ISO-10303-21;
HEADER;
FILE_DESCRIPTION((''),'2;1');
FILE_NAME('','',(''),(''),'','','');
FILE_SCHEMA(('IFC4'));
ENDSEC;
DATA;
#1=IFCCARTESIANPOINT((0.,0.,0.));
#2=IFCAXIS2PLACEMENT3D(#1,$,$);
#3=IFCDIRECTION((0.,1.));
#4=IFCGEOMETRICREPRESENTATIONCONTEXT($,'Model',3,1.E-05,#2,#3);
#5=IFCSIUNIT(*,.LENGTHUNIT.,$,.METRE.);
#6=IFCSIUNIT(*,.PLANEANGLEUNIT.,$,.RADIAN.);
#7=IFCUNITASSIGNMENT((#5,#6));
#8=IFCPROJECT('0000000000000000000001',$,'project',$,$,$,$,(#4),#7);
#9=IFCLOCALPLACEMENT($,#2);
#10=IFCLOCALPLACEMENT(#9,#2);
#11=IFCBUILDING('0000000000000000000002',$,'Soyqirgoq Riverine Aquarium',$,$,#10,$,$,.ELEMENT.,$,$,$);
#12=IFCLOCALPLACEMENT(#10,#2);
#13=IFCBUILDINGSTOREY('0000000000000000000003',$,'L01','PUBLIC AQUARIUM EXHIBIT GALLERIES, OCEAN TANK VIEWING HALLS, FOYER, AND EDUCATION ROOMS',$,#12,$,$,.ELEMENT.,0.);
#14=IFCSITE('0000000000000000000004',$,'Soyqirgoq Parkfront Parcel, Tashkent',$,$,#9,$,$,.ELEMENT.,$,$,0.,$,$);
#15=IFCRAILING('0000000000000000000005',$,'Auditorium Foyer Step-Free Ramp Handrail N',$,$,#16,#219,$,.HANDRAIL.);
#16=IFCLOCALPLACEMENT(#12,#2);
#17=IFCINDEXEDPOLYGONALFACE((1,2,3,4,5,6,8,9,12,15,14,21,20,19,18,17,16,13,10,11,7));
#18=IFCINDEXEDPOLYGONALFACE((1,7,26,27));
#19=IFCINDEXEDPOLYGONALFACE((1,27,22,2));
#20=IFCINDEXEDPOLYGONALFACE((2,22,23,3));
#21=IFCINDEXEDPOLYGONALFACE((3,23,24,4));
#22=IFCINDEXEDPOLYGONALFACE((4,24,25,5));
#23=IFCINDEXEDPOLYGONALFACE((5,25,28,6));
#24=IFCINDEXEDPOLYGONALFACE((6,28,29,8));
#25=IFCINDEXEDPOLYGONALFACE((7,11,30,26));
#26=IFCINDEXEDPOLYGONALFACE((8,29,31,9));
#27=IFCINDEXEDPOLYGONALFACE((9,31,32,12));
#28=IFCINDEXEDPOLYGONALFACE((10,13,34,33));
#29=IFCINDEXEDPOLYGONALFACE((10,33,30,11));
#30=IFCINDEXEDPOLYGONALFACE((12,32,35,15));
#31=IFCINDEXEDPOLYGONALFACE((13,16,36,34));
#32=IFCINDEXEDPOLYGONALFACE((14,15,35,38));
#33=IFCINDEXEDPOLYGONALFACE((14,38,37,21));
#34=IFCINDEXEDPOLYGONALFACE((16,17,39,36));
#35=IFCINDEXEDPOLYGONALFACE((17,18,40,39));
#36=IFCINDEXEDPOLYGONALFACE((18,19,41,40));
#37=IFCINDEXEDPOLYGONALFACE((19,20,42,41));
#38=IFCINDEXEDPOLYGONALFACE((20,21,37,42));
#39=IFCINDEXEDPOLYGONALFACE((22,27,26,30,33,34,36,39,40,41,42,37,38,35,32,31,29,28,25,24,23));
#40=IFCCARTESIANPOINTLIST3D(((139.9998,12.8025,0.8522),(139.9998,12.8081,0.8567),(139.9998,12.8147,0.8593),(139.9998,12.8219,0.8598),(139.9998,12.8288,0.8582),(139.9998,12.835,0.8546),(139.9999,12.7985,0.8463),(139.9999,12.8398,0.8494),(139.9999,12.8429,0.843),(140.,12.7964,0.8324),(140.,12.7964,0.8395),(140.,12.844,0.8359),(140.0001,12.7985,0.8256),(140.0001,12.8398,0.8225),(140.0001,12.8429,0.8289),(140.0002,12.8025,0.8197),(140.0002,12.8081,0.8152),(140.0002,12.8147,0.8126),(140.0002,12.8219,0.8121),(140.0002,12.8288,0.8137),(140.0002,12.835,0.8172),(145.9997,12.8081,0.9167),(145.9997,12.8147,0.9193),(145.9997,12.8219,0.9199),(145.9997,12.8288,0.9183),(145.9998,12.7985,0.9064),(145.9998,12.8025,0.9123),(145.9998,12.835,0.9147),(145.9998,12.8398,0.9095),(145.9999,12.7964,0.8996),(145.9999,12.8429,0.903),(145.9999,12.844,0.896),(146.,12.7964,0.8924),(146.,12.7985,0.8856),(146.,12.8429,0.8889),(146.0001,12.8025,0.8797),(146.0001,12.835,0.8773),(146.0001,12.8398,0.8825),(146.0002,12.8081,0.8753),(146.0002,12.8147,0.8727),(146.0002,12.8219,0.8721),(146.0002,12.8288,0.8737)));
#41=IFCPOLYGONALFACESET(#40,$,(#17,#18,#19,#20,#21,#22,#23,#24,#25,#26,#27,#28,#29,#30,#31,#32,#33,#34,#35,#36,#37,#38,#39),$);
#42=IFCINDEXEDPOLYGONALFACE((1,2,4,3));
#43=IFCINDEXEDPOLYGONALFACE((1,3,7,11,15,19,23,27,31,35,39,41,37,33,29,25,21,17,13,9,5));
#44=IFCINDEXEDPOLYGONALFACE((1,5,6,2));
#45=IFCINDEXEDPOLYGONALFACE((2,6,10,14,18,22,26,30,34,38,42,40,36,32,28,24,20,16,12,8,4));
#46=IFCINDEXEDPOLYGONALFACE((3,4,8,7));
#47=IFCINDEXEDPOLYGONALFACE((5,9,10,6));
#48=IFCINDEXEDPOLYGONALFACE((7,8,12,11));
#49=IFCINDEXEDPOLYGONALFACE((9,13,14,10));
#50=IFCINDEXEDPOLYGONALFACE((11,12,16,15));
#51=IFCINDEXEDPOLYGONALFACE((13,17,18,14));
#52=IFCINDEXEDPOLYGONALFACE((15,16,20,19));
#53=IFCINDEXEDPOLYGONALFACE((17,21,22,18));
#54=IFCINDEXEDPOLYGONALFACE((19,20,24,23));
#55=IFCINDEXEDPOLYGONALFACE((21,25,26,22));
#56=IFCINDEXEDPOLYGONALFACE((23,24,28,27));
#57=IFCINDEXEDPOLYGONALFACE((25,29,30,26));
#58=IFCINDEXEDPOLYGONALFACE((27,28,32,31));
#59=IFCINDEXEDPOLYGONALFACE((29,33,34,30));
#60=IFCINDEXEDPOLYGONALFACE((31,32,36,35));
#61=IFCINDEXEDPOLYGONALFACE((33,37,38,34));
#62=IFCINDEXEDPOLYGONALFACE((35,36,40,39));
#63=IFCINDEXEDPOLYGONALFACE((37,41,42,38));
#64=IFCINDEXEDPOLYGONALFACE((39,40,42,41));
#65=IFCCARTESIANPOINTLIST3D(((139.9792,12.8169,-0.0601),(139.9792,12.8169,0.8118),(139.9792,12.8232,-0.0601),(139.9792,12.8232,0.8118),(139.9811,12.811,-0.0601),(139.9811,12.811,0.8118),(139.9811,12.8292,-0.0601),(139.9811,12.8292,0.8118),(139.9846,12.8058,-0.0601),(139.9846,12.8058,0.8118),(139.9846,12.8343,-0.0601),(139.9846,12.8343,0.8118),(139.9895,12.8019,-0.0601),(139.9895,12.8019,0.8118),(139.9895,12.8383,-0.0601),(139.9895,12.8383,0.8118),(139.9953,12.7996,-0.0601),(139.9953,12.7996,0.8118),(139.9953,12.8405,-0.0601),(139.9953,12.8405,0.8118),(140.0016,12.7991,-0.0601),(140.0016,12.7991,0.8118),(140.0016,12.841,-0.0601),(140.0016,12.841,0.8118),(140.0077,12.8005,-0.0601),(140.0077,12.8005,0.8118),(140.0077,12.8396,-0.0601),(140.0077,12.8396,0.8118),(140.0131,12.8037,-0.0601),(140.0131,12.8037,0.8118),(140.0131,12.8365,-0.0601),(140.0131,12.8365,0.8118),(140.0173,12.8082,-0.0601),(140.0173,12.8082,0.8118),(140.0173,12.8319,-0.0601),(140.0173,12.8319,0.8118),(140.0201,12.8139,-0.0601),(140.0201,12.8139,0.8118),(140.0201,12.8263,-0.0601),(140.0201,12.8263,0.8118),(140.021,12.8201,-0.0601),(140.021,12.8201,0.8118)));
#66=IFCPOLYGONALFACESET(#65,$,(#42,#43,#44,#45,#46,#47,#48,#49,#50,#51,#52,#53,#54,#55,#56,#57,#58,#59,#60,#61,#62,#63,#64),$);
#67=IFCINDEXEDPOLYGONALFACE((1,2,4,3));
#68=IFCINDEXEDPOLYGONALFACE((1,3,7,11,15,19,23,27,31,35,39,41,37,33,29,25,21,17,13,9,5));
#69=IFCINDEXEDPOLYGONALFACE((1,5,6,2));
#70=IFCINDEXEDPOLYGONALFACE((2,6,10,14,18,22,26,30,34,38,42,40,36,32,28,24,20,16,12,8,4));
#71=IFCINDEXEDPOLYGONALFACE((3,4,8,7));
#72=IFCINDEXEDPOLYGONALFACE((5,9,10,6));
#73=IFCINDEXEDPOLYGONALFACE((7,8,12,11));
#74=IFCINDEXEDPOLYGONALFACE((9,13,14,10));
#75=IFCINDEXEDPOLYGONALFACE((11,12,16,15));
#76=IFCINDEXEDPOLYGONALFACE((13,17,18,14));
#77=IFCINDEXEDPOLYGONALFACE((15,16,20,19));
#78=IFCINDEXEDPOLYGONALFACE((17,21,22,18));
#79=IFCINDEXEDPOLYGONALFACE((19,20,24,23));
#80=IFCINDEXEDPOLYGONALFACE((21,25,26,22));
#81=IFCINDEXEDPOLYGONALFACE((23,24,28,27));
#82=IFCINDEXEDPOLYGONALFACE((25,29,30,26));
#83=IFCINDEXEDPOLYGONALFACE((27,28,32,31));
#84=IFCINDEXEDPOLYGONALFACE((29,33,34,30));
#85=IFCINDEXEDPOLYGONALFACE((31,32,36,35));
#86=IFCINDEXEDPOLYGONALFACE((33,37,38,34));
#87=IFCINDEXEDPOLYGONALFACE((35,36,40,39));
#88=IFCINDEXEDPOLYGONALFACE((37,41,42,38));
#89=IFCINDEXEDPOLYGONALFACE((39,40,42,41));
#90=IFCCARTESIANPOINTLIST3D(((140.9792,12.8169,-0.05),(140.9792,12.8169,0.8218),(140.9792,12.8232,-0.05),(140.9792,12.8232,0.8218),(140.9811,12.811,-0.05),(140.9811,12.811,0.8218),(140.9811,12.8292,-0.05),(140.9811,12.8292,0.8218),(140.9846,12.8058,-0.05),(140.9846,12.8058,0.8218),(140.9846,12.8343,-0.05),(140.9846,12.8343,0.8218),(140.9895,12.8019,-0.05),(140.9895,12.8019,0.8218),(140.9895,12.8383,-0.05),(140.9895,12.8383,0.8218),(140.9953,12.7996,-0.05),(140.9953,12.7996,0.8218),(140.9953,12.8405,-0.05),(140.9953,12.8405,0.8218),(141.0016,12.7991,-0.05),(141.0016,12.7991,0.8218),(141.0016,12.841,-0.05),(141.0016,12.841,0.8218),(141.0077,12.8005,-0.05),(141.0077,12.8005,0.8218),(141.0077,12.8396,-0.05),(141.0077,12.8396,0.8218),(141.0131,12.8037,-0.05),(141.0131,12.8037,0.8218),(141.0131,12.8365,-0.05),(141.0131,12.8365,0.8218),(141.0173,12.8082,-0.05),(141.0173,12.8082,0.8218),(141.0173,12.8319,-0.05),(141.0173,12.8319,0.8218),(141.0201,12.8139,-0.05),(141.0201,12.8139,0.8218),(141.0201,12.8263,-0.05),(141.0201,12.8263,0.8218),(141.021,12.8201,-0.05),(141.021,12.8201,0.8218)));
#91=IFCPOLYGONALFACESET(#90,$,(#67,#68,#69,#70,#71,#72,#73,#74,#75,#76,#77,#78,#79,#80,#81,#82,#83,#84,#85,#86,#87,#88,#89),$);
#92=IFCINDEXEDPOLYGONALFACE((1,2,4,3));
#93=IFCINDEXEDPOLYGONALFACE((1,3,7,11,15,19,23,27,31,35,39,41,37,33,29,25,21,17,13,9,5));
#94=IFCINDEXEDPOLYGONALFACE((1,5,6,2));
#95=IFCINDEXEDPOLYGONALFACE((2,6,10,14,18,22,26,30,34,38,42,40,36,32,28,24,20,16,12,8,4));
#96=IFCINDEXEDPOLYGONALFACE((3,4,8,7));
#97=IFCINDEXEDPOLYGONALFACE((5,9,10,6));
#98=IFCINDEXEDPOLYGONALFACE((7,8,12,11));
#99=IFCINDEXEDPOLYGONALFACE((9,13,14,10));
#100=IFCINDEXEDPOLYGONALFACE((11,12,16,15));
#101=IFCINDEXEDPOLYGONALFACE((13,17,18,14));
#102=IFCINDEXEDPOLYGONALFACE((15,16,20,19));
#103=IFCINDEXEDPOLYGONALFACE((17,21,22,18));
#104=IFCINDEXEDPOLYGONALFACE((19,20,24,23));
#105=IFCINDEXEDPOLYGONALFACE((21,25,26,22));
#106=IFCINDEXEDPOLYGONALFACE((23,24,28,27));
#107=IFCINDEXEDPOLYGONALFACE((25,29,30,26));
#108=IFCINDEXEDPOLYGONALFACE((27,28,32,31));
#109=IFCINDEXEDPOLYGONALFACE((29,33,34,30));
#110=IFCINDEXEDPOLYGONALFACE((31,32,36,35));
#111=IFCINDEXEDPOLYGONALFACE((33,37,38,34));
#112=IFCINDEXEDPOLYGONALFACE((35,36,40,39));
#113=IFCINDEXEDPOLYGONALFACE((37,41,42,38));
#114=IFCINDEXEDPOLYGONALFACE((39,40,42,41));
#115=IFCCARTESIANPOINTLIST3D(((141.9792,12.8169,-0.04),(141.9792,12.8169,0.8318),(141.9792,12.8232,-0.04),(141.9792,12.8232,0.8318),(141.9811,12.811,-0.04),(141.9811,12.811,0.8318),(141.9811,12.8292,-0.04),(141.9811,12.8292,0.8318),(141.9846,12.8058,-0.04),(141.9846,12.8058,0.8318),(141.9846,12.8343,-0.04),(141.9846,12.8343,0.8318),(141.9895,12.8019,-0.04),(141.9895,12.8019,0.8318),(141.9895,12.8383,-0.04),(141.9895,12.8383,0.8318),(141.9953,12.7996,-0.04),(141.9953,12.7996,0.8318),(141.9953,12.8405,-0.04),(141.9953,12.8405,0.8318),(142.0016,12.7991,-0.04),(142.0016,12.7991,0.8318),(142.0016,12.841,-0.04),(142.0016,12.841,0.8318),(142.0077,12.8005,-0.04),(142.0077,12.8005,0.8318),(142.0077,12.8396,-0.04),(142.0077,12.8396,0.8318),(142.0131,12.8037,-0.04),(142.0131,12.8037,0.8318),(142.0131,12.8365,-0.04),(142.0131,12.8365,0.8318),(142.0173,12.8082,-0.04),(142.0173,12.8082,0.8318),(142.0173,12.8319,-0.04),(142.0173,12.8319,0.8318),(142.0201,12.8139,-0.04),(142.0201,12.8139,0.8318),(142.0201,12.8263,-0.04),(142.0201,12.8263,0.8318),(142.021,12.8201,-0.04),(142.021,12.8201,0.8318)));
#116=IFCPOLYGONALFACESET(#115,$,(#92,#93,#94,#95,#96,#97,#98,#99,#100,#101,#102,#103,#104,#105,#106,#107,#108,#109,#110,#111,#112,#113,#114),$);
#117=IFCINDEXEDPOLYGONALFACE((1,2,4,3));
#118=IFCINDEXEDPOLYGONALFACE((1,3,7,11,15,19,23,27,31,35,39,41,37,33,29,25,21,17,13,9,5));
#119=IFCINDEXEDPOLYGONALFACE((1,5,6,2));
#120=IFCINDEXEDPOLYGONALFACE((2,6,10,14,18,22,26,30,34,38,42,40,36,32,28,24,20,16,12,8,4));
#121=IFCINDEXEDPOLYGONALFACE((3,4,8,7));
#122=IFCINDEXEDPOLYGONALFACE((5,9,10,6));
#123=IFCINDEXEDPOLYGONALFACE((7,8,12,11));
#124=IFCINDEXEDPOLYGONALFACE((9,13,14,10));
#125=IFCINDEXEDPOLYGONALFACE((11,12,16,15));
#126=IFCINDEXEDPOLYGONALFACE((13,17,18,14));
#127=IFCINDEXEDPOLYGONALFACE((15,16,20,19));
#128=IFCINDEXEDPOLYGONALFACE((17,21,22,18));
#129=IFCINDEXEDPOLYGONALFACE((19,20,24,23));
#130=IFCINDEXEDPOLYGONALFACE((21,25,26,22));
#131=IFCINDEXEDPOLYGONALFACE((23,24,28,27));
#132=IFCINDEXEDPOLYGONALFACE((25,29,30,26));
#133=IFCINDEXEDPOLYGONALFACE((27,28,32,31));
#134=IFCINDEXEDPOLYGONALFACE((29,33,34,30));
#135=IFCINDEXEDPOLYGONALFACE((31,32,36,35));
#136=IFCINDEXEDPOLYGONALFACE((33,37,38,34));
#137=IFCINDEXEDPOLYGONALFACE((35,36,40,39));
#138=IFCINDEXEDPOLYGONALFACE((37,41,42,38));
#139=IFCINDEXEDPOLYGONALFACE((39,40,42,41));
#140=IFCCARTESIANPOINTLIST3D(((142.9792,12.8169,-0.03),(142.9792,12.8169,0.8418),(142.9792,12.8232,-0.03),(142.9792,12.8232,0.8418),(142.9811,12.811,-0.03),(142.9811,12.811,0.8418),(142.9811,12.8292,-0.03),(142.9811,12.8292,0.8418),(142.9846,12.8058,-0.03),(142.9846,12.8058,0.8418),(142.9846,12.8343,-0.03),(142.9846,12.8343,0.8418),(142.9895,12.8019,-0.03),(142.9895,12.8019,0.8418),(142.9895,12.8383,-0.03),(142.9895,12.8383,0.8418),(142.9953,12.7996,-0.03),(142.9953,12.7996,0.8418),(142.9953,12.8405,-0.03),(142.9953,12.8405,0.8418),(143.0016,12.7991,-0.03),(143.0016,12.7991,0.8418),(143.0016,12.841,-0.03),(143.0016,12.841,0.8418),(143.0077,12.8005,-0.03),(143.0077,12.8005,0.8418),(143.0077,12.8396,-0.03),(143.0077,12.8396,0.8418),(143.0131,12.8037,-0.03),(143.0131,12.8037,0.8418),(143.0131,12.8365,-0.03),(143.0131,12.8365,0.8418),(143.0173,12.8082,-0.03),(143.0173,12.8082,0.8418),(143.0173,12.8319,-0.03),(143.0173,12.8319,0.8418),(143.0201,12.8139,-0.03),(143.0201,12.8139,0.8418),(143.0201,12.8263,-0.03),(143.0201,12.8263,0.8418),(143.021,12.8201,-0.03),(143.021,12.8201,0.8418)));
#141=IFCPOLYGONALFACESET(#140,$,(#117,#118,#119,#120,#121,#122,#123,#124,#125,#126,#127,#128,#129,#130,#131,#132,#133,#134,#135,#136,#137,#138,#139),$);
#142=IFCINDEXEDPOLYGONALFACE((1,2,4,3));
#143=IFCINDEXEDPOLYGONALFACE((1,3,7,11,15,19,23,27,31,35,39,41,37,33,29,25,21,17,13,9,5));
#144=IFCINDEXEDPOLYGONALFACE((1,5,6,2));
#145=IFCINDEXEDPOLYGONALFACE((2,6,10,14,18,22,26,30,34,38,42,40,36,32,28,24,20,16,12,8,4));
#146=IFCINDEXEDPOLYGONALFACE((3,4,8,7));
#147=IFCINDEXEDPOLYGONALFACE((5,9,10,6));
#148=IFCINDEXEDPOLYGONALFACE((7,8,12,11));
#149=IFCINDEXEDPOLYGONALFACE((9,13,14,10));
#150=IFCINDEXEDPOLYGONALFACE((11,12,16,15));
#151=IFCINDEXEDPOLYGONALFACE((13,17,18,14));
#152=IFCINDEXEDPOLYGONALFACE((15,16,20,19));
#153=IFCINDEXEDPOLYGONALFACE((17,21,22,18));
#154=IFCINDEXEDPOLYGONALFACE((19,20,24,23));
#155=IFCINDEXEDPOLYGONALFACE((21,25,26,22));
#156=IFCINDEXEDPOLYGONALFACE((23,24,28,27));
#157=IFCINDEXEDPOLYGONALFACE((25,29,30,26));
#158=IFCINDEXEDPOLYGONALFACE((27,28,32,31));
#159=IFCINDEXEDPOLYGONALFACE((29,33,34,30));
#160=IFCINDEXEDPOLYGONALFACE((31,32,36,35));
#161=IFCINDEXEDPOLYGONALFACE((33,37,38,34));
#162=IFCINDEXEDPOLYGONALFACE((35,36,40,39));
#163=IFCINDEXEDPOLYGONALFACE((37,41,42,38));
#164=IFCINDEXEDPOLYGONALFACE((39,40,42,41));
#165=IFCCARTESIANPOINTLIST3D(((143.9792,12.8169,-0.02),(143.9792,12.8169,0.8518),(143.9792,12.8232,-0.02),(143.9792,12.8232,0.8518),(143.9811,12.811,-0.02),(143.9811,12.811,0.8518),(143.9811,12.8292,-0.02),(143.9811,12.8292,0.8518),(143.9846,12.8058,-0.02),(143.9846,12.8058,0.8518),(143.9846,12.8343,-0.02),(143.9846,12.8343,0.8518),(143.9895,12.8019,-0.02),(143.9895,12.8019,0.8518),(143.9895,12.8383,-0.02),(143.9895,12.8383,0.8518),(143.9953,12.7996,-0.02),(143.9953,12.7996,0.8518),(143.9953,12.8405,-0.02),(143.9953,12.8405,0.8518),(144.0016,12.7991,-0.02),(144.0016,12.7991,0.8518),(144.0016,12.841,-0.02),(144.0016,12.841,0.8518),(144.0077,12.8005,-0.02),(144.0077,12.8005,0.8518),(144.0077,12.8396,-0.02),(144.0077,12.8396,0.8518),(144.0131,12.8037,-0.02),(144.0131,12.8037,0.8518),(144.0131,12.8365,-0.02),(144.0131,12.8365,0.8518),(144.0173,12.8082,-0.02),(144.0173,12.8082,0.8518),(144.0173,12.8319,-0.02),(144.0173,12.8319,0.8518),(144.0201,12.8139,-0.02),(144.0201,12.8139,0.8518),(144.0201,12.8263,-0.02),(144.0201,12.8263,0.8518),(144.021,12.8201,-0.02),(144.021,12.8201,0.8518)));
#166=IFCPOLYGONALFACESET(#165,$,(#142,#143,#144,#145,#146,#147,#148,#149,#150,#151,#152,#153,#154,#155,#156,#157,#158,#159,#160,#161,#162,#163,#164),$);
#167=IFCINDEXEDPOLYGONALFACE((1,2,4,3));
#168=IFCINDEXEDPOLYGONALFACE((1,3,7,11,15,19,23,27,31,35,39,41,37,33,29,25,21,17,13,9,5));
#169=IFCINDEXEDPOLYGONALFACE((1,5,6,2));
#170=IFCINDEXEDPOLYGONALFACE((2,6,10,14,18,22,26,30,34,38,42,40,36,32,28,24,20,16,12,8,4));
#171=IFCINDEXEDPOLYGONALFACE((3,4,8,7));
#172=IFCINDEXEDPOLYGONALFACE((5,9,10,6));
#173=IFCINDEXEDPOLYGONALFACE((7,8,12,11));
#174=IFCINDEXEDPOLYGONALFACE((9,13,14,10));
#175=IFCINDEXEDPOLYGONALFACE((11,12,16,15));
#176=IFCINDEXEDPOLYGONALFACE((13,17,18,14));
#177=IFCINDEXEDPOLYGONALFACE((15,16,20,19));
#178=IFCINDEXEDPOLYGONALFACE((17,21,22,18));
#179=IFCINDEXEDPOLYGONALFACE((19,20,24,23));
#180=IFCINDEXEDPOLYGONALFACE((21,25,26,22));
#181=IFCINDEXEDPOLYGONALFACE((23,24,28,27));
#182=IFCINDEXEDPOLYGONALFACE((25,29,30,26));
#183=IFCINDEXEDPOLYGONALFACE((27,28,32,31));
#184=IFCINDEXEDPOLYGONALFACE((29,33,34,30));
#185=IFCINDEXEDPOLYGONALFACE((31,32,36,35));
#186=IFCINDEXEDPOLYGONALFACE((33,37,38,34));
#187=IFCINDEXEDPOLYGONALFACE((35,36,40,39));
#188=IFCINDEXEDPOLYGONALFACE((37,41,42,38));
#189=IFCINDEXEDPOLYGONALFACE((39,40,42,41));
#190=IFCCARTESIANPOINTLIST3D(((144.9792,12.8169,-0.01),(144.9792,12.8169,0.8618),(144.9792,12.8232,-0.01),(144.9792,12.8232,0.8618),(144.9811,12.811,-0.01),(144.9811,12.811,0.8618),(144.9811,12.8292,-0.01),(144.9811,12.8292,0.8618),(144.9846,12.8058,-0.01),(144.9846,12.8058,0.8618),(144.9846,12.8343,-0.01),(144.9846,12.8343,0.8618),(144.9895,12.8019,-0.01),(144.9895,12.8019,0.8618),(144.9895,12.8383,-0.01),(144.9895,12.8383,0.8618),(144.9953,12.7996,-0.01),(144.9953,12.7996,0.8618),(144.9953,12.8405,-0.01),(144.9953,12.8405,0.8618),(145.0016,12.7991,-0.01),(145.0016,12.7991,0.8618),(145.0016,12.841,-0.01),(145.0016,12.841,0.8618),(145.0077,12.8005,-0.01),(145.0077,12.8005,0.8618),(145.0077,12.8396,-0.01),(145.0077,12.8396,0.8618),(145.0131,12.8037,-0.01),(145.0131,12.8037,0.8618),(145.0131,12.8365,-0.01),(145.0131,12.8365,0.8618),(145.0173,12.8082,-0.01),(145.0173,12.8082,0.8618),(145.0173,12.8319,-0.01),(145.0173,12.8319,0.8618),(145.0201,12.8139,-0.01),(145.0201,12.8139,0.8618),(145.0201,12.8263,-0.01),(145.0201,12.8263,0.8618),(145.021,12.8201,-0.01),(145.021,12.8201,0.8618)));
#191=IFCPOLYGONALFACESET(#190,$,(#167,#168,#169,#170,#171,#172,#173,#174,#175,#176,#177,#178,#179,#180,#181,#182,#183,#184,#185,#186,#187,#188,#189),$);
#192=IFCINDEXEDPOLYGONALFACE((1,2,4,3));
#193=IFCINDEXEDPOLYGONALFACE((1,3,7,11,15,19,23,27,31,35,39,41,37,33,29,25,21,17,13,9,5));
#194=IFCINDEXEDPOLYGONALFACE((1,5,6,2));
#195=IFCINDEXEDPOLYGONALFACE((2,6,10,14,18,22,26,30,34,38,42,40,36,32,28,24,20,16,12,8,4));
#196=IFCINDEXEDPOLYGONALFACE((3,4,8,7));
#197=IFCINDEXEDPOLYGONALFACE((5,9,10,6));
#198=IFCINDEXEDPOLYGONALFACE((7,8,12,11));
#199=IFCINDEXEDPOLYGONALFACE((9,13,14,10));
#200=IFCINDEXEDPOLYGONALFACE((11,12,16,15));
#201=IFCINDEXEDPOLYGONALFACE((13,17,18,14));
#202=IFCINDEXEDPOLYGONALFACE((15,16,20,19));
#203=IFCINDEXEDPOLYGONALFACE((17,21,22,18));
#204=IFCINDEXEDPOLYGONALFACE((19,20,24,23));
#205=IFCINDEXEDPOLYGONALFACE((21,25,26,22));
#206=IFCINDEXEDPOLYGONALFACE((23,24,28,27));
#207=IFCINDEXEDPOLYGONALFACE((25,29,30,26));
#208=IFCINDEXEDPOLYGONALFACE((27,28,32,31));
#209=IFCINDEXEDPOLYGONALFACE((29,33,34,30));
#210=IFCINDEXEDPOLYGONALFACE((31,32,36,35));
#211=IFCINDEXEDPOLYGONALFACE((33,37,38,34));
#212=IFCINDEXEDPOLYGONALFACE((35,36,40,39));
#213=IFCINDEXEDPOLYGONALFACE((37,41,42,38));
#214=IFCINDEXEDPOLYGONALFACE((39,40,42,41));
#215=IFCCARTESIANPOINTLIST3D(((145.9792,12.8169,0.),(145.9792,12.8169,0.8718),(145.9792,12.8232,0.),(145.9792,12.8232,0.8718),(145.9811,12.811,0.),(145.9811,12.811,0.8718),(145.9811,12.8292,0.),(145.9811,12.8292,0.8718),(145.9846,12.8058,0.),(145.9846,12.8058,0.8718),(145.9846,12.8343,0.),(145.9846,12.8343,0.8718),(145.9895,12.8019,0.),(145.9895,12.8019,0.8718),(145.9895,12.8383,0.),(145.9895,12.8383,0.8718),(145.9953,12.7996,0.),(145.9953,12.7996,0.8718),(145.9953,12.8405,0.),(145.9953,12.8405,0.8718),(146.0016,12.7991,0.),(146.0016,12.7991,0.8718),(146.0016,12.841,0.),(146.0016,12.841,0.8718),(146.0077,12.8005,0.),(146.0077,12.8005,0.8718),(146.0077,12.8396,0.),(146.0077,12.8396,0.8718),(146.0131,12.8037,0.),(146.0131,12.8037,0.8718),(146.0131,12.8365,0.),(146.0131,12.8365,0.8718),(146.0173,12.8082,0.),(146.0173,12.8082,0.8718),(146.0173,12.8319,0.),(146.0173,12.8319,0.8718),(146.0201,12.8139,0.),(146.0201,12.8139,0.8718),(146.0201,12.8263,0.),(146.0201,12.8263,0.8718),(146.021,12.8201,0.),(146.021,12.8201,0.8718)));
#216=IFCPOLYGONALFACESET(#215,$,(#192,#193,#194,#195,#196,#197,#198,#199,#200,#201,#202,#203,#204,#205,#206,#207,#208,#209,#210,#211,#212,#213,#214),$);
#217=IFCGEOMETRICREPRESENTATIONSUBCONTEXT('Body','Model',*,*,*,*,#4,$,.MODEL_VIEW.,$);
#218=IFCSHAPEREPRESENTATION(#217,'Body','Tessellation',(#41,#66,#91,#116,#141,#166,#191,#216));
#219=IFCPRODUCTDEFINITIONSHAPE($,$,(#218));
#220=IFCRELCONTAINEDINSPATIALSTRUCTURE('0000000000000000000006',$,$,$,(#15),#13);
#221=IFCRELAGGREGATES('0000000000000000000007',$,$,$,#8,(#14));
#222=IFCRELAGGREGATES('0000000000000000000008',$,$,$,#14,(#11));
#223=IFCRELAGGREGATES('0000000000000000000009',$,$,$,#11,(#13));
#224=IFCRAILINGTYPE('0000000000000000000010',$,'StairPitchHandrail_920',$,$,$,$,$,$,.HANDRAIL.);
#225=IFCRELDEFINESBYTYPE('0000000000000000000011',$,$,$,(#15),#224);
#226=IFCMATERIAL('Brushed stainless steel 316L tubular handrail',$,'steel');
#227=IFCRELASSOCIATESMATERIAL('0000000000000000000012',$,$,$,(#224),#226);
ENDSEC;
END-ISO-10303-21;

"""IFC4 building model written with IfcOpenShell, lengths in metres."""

from ifc_helpers import new_model, si_unit, direction, frame, origin, origin_2d, place, context, subcontext, project, spatial, circle, extrude, material, type_object, element, save


model = new_model("IFC4")

# Units and contexts
model_context = context("Model", 3, precision=1e-05, world=origin(), true_north=direction((0.0, 1.0)))
body_context = subcontext(model_context, "Body", "Model", "MODEL_VIEW")
ifc_project = project(units=[si_unit("LENGTHUNIT", "METRE"), si_unit("PLANEANGLEUNIT", "RADIAN")], contexts=[model_context])

# Site, building, storey
site_placement = place(None, origin())
site = spatial("IfcSite", under=ifc_project, at=site_placement, Name="Soyqirgoq Parkfront Parcel, Tashkent", CompositionType="ELEMENT", RefElevation=0.0)
building_placement = place(site_placement, origin())
building = spatial("IfcBuilding", under=site, at=building_placement, Name="Soyqirgoq Riverine Aquarium", CompositionType="ELEMENT")
storey_placement = place(building_placement, origin())
storey = spatial("IfcBuildingStorey", under=building, at=storey_placement, Name="L01", Description="PUBLIC AQUARIUM EXHIBIT GALLERIES, OCEAN TANK VIEWING HALLS, FOYER, AND EDUCATION ROOMS", CompositionType="ELEMENT", Elevation=0.0)

# Railing
ifc_material_1 = material(Name="Brushed stainless steel 316L tubular handrail", Category="steel")
railing_type_1 = type_object("IfcRailingType", Name="StairPitchHandrail_920", PredefinedType="HANDRAIL", material=ifc_material_1)
for number, where, name in (
    (1, (140.0, 12.8201, -0.0601), "Auditorium Foyer Step-Free Ramp Handrail N"),
):
    element("IfcRailing", number, at=place(storey_placement, frame(where)), inside=storey, type_object=railing_type_1, Name=name, PredefinedType="HANDRAIL", context=body_context, shape_type="SweptSolid", body=[
        extrude(circle(Radius=0.0239, at=origin_2d()), frame((0.0, 0.0, 0.896), z_axis=(0.99995, 0.0, 0.010009), x_axis=(0.0, 1.0, 0.0)), (0.0, 0.0, 1.0), 6.0002),
        extrude(circle(Radius=0.021, at=origin_2d()), origin(), (0.0, 0.0, 1.0), 0.8718),
        extrude(circle(Radius=0.021, at=origin_2d()), frame((1.0, 0.0, 0.01)), (0.0, 0.0, 1.0), 0.8718),
        extrude(circle(Radius=0.021, at=origin_2d()), frame((2.0, 0.0, 0.02)), (0.0, 0.0, 1.0), 0.8718),
        extrude(circle(Radius=0.021, at=origin_2d()), frame((3.0, 0.0, 0.03)), (0.0, 0.0, 1.0), 0.8718),
        extrude(circle(Radius=0.021, at=origin_2d()), frame((4.0, 0.0, 0.04)), (0.0, 0.0, 1.0), 0.8718),
        extrude(circle(Radius=0.021, at=origin_2d()), frame((5.0, 0.0, 0.05)), (0.0, 0.0, 1.0), 0.8718),
        extrude(circle(Radius=0.021, at=origin_2d()), frame((6.0, 0.0, 0.0601)), (0.0, 0.0, 1.0), 0.8718),
    ])

save(model, "model.ifc")
